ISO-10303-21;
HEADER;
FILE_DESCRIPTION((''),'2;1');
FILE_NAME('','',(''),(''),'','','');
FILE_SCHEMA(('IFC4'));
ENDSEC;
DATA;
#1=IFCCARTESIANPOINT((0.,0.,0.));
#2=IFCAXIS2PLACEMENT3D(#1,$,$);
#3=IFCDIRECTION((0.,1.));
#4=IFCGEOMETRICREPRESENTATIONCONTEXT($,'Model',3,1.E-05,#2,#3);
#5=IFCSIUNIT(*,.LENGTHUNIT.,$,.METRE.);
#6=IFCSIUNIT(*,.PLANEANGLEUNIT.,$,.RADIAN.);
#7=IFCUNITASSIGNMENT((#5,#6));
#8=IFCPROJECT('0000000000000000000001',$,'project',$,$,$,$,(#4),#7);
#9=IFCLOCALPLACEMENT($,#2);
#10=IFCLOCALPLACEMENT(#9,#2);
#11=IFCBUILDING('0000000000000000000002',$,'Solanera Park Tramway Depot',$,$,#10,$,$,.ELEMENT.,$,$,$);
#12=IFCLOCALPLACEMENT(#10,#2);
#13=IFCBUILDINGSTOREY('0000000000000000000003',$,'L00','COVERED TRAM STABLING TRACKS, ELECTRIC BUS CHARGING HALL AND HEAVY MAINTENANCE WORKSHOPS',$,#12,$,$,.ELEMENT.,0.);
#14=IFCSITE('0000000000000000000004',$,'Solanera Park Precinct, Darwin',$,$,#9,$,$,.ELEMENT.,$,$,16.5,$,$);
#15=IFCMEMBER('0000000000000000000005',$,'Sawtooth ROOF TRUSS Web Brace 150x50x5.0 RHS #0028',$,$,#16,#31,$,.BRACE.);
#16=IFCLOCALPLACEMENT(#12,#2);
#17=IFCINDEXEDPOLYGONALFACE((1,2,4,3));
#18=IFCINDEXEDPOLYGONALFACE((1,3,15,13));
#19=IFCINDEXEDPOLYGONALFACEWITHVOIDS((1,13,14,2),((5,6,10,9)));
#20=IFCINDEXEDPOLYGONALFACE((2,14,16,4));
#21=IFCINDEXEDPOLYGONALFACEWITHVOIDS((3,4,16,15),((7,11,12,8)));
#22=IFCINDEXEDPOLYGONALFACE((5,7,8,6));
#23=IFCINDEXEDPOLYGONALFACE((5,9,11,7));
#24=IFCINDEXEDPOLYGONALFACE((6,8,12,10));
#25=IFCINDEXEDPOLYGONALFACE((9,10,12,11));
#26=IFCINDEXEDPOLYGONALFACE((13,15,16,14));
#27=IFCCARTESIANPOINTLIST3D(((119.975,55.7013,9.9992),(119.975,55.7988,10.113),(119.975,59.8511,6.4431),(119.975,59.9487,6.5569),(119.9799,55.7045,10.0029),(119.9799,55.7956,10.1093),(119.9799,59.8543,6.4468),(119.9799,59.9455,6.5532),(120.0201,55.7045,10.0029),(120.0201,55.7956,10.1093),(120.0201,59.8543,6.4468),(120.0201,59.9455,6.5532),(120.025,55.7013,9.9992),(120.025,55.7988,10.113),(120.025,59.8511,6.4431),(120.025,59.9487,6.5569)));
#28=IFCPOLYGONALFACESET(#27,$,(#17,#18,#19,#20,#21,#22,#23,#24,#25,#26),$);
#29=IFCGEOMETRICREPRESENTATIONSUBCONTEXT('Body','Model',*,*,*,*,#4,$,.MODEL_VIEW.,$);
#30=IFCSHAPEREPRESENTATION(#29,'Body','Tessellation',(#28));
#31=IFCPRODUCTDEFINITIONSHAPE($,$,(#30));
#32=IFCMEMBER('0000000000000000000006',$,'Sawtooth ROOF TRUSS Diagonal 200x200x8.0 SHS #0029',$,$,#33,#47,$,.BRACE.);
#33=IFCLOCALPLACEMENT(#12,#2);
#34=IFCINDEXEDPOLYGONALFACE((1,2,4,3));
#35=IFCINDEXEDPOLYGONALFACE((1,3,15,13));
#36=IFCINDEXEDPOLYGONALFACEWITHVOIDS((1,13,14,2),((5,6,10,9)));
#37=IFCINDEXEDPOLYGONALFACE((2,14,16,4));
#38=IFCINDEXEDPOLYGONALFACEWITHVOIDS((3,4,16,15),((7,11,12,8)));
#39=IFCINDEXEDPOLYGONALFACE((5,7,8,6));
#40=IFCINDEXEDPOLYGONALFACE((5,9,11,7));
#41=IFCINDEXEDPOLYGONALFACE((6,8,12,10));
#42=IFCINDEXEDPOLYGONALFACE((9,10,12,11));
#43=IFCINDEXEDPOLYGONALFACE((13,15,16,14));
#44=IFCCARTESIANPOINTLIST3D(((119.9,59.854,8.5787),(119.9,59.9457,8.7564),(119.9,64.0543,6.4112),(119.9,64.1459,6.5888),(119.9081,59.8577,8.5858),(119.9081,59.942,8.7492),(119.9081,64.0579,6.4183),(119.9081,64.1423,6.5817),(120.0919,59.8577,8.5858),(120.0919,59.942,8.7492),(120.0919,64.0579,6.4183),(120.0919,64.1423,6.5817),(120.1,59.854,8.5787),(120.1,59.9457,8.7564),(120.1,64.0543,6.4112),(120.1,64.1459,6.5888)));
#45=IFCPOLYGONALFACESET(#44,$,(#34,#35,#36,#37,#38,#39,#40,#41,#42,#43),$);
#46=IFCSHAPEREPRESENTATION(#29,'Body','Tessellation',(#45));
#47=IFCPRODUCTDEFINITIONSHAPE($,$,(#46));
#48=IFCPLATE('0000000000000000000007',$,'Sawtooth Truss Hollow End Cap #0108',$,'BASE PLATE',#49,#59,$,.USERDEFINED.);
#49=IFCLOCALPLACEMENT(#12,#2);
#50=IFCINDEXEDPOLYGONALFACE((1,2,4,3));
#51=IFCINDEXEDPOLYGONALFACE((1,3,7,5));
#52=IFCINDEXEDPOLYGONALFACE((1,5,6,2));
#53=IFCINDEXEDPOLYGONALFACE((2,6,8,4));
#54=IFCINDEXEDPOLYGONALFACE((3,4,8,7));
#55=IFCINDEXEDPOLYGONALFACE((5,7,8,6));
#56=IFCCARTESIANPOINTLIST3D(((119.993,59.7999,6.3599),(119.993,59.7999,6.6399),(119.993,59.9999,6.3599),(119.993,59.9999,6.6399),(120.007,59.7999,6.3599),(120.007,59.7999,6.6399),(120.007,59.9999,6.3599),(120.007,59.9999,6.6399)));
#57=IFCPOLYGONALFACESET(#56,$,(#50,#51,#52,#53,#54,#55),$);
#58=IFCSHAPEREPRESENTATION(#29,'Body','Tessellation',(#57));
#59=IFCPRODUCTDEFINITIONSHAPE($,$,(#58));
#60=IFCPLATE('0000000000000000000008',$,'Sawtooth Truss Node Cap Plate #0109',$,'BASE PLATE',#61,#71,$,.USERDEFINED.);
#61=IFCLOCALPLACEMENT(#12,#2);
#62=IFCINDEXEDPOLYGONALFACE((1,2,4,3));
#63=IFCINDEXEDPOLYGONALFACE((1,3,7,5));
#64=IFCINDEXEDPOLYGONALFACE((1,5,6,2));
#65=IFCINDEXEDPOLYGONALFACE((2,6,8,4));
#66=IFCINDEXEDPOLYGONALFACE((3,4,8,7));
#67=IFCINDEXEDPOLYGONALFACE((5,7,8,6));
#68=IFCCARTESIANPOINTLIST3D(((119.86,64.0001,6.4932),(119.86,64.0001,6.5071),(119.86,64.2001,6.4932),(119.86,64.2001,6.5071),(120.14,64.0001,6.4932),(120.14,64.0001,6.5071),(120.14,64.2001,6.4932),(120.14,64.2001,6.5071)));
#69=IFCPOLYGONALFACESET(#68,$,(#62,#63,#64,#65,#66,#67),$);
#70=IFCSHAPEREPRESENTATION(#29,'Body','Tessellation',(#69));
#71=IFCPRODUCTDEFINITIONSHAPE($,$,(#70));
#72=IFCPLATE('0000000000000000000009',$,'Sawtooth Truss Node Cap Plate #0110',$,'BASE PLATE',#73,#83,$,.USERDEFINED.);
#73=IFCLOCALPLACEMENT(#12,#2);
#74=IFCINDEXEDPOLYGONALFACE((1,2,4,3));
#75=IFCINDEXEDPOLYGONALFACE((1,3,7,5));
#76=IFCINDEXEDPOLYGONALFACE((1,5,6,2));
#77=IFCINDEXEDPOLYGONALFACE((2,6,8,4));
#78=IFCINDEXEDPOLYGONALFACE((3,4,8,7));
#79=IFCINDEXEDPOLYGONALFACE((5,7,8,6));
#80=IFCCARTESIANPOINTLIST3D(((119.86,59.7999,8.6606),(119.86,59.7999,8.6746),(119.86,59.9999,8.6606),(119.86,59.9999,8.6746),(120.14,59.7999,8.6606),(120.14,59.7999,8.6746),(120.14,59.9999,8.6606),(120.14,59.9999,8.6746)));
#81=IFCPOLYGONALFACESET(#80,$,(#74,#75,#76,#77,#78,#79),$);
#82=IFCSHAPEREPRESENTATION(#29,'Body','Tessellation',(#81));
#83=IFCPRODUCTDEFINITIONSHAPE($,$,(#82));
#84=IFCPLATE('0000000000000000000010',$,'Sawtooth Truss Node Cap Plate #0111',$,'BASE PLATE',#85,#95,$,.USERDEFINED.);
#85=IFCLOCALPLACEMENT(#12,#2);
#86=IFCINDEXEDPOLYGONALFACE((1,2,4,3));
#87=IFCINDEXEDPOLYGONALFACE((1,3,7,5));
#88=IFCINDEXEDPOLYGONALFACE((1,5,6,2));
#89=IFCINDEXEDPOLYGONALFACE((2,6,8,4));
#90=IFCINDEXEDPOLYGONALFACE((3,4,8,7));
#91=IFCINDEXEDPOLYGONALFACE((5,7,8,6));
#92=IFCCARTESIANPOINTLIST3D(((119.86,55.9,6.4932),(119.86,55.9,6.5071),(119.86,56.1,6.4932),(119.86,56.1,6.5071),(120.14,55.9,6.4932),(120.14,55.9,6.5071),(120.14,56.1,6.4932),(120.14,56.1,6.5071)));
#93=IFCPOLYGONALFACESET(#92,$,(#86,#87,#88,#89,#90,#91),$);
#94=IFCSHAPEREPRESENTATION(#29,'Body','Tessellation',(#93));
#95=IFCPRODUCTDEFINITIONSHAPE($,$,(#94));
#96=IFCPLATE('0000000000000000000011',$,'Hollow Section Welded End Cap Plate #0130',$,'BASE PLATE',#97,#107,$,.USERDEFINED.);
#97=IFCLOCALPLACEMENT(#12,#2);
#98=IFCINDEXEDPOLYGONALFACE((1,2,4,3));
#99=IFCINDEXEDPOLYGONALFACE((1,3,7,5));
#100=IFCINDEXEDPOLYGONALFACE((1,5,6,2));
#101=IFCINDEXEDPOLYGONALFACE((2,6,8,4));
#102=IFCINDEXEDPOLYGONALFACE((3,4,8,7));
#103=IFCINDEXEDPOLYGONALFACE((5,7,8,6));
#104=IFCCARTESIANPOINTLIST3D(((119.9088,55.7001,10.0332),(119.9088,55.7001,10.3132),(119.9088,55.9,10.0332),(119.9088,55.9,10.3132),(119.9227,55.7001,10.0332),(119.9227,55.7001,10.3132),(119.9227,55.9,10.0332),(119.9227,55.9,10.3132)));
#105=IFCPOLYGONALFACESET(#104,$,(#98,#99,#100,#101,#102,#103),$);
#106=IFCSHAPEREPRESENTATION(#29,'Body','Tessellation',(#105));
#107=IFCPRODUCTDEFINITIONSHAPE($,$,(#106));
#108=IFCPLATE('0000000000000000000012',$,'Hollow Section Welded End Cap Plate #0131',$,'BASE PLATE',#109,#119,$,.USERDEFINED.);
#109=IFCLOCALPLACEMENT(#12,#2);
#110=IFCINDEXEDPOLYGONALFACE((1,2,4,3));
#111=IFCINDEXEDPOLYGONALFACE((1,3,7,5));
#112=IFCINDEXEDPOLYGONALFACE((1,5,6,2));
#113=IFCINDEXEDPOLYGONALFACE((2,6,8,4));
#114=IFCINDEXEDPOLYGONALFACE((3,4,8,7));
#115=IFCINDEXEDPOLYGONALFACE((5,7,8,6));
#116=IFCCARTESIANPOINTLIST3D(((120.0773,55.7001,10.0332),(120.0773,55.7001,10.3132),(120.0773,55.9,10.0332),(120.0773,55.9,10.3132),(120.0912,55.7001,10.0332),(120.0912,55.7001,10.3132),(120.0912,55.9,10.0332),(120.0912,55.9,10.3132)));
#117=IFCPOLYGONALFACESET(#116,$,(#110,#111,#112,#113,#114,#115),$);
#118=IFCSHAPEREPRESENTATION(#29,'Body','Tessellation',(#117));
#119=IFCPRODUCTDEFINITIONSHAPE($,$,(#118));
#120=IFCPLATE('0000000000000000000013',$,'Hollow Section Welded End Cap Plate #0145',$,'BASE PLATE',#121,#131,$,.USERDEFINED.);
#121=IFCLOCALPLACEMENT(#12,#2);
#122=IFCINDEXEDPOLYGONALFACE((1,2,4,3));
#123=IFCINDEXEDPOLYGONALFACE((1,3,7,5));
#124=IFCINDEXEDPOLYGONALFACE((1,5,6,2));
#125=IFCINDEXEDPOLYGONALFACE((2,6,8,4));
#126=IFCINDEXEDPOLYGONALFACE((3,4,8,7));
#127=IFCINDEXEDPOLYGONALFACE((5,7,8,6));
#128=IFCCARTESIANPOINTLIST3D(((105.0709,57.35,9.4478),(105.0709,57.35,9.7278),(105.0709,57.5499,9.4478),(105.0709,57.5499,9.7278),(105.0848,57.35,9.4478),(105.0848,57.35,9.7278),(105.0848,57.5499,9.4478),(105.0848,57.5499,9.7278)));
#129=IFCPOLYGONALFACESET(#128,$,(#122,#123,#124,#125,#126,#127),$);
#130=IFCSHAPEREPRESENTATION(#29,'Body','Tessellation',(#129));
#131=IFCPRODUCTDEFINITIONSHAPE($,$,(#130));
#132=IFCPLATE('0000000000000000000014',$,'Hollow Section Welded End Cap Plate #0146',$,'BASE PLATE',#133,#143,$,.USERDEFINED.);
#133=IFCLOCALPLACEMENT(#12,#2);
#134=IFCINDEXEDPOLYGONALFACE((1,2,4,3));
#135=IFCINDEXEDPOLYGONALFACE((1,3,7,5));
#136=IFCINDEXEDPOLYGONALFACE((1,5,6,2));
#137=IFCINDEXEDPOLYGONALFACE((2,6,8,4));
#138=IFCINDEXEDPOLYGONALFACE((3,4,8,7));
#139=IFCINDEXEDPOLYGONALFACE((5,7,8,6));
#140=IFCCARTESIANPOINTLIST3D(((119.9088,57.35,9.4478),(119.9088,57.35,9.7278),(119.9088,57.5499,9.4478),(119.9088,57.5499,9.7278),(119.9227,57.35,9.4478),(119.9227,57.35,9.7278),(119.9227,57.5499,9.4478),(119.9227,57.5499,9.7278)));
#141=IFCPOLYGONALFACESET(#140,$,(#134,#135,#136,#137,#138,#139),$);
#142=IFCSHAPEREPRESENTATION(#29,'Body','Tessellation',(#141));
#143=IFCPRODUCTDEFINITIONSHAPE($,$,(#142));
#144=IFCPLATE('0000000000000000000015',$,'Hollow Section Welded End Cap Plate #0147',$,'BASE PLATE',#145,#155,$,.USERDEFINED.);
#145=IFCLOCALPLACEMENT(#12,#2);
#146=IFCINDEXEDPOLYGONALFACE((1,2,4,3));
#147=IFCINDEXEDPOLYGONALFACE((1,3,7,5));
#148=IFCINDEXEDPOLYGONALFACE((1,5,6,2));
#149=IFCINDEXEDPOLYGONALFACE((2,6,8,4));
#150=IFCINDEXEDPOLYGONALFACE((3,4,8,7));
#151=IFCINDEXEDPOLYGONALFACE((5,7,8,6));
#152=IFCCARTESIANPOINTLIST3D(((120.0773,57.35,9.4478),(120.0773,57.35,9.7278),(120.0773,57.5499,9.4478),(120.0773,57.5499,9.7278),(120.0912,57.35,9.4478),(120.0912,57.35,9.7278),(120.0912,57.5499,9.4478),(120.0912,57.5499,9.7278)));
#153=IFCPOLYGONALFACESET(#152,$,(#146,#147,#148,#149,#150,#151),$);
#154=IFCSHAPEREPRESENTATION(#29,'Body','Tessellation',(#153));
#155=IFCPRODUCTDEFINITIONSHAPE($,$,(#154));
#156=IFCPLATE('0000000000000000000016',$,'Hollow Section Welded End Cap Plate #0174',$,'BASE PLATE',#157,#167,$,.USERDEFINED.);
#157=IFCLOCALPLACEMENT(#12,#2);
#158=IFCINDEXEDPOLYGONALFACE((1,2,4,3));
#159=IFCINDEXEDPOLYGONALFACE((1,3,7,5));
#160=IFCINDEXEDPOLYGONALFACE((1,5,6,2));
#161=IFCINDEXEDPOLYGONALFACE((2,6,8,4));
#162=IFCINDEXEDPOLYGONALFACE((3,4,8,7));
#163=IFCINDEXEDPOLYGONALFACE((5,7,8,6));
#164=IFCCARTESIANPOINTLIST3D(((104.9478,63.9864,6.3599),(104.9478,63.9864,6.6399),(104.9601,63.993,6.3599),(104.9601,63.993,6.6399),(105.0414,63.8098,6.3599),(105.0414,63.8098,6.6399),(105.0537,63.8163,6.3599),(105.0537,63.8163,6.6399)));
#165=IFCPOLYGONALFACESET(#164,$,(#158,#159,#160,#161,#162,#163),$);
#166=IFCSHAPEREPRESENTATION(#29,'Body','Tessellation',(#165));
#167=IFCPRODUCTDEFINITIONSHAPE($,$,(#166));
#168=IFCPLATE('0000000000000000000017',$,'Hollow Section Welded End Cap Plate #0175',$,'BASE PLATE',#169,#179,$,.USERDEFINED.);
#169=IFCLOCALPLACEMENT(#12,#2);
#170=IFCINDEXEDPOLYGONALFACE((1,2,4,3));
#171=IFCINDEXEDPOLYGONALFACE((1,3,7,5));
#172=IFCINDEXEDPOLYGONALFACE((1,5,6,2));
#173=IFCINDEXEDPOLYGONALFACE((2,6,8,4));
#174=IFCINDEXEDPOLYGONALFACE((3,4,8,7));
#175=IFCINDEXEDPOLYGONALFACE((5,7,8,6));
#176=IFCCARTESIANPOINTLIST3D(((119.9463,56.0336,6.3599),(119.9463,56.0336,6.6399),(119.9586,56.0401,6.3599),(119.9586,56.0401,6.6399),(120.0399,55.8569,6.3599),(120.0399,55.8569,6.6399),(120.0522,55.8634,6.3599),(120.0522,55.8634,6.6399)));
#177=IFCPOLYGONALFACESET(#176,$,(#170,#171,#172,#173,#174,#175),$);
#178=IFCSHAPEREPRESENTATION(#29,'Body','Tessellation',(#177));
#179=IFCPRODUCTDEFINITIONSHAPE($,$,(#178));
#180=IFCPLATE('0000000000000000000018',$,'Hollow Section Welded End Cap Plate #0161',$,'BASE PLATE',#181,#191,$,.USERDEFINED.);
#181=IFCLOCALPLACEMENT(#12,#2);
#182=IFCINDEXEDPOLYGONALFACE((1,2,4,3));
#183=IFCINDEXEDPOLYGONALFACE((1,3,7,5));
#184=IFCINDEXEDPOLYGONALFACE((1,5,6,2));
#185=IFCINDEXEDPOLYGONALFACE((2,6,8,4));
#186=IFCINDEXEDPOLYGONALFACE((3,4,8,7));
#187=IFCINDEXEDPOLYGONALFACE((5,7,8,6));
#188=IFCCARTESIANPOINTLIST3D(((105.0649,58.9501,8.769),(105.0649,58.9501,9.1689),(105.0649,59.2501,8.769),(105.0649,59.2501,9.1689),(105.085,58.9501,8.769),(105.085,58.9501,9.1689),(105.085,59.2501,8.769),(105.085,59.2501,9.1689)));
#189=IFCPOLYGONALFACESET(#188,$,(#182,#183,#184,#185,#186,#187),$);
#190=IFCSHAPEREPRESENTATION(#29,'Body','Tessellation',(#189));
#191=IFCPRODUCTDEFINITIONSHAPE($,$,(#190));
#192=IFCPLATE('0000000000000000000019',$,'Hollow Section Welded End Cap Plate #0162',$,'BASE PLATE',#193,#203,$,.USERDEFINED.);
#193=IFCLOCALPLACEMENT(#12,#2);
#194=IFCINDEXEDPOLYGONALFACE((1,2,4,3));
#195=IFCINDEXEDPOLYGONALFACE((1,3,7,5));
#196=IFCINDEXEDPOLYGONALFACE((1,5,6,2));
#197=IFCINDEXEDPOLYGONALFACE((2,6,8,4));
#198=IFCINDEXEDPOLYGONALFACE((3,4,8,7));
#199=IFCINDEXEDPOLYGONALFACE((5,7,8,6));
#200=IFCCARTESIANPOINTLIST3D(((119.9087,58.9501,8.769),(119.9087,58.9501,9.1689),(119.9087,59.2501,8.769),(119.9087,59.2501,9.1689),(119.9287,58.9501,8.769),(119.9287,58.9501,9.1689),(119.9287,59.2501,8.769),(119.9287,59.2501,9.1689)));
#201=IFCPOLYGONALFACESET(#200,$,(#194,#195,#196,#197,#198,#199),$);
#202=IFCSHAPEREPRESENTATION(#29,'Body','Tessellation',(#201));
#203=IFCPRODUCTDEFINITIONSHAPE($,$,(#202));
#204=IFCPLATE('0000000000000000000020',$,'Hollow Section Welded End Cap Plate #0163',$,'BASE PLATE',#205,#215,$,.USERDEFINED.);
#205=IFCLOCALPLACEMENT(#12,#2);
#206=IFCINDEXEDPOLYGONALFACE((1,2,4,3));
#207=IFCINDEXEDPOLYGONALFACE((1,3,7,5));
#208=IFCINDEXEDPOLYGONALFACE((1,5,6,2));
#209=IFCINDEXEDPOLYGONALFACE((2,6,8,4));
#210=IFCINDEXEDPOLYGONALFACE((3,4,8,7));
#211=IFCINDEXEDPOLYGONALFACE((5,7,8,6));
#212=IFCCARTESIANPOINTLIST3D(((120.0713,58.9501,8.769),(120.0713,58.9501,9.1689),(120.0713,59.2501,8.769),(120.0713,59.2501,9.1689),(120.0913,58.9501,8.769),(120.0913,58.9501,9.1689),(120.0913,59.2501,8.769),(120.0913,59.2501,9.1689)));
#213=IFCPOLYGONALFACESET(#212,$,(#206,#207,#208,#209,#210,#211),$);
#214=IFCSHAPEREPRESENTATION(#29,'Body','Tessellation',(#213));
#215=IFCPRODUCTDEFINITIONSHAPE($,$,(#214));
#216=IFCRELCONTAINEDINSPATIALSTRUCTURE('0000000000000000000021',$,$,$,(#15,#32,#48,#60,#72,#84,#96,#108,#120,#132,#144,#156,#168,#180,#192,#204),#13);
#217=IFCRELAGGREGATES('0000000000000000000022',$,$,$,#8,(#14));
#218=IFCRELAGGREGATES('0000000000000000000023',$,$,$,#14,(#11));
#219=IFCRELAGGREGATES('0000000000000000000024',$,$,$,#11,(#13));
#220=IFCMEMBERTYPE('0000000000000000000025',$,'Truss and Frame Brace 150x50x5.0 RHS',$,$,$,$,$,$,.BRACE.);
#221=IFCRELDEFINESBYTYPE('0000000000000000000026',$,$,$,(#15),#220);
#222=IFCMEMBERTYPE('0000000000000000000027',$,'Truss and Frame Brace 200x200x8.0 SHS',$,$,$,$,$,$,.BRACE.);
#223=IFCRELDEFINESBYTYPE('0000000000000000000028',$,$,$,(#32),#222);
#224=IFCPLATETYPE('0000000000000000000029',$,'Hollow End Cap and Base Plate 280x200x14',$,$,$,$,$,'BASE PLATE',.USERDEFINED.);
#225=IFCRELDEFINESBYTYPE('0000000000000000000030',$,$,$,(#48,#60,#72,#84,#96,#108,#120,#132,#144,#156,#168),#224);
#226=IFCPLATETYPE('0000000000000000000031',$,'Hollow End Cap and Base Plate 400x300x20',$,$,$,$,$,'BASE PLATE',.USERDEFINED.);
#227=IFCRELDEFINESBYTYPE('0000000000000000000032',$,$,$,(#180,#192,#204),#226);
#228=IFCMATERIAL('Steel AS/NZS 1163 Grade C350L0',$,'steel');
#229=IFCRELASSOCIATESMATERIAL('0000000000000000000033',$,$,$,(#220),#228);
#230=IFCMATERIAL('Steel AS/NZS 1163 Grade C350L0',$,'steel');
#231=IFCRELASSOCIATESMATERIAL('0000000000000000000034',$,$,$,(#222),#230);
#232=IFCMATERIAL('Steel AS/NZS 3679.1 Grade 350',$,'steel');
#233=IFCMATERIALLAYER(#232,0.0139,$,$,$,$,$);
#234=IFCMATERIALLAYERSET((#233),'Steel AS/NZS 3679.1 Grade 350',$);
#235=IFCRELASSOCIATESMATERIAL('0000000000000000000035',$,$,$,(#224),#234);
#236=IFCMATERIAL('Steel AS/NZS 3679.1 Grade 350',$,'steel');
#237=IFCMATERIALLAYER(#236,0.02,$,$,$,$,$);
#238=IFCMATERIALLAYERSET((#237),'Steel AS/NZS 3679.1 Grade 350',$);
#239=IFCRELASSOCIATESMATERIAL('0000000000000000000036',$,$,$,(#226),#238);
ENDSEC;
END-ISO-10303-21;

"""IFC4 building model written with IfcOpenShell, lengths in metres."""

from ifc_helpers import new_model, si_unit, direction, frame, origin, origin_2d, place, context, subcontext, project, spatial, rectangle, hollow_rectangle, extrude, material, layer, layer_set, material_profile, profile_set, type_object, element, save


model = new_model("IFC4")

# Units and contexts
model_context = context("Model", 3, precision=1e-05, world=origin(), true_north=direction((0.0, 1.0)))
body_context = subcontext(model_context, "Body", "Model", "MODEL_VIEW")
ifc_project = project(units=[si_unit("LENGTHUNIT", "METRE"), si_unit("PLANEANGLEUNIT", "RADIAN")], contexts=[model_context])

# Site, building, storey
site_placement = place(None, origin())
site = spatial("IfcSite", under=ifc_project, at=site_placement, Name="Solanera Park Precinct, Darwin", CompositionType="ELEMENT", RefElevation=16.5)
building_placement = place(site_placement, origin())
building = spatial("IfcBuilding", under=site, at=building_placement, Name="Solanera Park Tramway Depot", CompositionType="ELEMENT")
storey_placement = place(building_placement, origin())
storey = spatial("IfcBuildingStorey", under=building, at=storey_placement, Name="L00", Description="COVERED TRAM STABLING TRACKS, ELECTRIC BUS CHARGING HALL AND HEAVY MAINTENANCE WORKSHOPS", CompositionType="ELEMENT", Elevation=0.0)

# Members
ifc_material_1 = material(Name="Steel AS/NZS 1163 Grade C350L0", Category="steel")
ifc_material_profile_1 = material_profile(ifc_material_1, hollow_rectangle(XDim=0.05, YDim=0.1499, WallThickness=0.0049, at=origin_2d()), Name="150x50x5.0 RHS")
ifc_profile_set_1 = profile_set([ifc_material_profile_1], Name="Steel AS/NZS 1163 Grade C350L0")
member_type_1 = type_object("IfcMemberType", Name="Truss and Frame Brace 150x50x5.0 RHS", PredefinedType="BRACE", material=ifc_profile_set_1)
member_1_placement = place(storey_placement, frame((120.0, 59.8999, 6.5), z_axis=(0.0, -0.759339, 0.650696), x_axis=(1.0, 0.0, 0.0)))
element("IfcMember", 1, at=member_1_placement, inside=storey, type_object=member_type_1, Name="Sawtooth ROOF TRUSS Web Brace 150x50x5.0 RHS #0028", PredefinedType="BRACE", context=body_context, shape_type="SweptSolid", body=[
    extrude(hollow_rectangle(XDim=0.05, YDim=0.1499, WallThickness=0.0049, at=origin_2d()), origin(), (0.0, 0.0, 1.0), 5.4651),
])
ifc_material_2 = material(Name="Steel AS/NZS 1163 Grade C350L0", Category="steel")
ifc_material_profile_2 = material_profile(ifc_material_2, hollow_rectangle(XDim=0.2, YDim=0.2, WallThickness=0.0081, at=origin_2d()), Name="200x200x8.0 SHS")
ifc_profile_set_2 = profile_set([ifc_material_profile_2], Name="Steel AS/NZS 1163 Grade C350L0")
member_type_2 = type_object("IfcMemberType", Name="Truss and Frame Brace 200x200x8.0 SHS", PredefinedType="BRACE", material=ifc_profile_set_2)
member_2_placement = place(storey_placement, frame((120.0, 64.1001, 6.5), z_axis=(0.0, -0.888652, 0.458582), x_axis=(1.0, 0.0, 0.0)))
element("IfcMember", 2, at=member_2_placement, inside=storey, type_object=member_type_2, Name="Sawtooth ROOF TRUSS Diagonal 200x200x8.0 SHS #0029", PredefinedType="BRACE", context=body_context, shape_type="SweptSolid", body=[
    extrude(hollow_rectangle(XDim=0.2, YDim=0.2, WallThickness=0.0081, at=origin_2d()), origin(), (0.0, 0.0, 1.0), 4.7266),
])

# Plates
ifc_material_3 = material(Name="Steel AS/NZS 3679.1 Grade 350", Category="steel")
ifc_layer_1 = layer(ifc_material_3, 0.0139)
ifc_layer_set_1 = layer_set([ifc_layer_1], Name="Steel AS/NZS 3679.1 Grade 350")
plate_type_1 = type_object("IfcPlateType", Name="Hollow End Cap and Base Plate 280x200x14", ElementType="BASE PLATE", PredefinedType="USERDEFINED", material=ifc_layer_set_1)
plate_placement = place(storey_placement, frame((120.0, 59.8999, 6.3599), z_axis=(0.0, 0.0, 1.0), x_axis=(1.0, 0.0, 0.0)))
element("IfcPlate", 3, at=plate_placement, inside=storey, type_object=plate_type_1, Name="Sawtooth Truss Hollow End Cap #0108", ObjectType="BASE PLATE", PredefinedType="USERDEFINED", context=body_context, shape_type="SweptSolid", body=[
    extrude(rectangle(XDim=0.0139, YDim=0.2, at=origin_2d()), origin(), (0.0, 0.0, 1.0), 0.28),
])
for number, where, z_axis, x_axis, name in (
    (4, (120.0, 64.1001, 6.4932), (0.0, 0.0, 1.0), (1.0, 0.0, 0.0), "Sawtooth Truss Node Cap Plate #0109"),
    (5, (120.0, 59.8999, 8.6606), (0.0, 0.0, 1.0), (1.0, 0.0, 0.0), "Sawtooth Truss Node Cap Plate #0110"),
    (6, (120.0, 56.0, 6.4932), (0.0, 0.0, 1.0), (1.0, 0.0, 0.0), "Sawtooth Truss Node Cap Plate #0111"),
):
    element("IfcPlate", number, at=place(storey_placement, frame(where, z_axis=z_axis, x_axis=x_axis)), inside=storey, type_object=plate_type_1, Name=name, ObjectType="BASE PLATE", PredefinedType="USERDEFINED", context=body_context, shape_type="SweptSolid", body=[
        extrude(rectangle(XDim=0.28, YDim=0.2, at=origin_2d()), origin(), (0.0, 0.0, 1.0), 0.0139),
    ])
for number, where, z_axis, x_axis, name in (
    (7, (119.9158, 55.8, 10.0332), (0.0, 0.0, 1.0), (1.0, 0.0, 0.0), "Hollow Section Welded End Cap Plate #0130"),
    (8, (120.0842, 55.8, 10.0332), (0.0, 0.0, 1.0), (1.0, 0.0, 0.0), "Hollow Section Welded End Cap Plate #0131"),
    (9, (105.0779, 57.45, 9.4478), (0.0, 0.0, 1.0), (1.0, 0.0, 0.0), "Hollow Section Welded End Cap Plate #0145"),
    (10, (119.9158, 57.45, 9.4478), (0.0, 0.0, 1.0), (1.0, 0.0, 0.0), "Hollow Section Welded End Cap Plate #0146"),
    (11, (120.0842, 57.45, 9.4478), (0.0, 0.0, 1.0), (1.0, 0.0, 0.0), "Hollow Section Welded End Cap Plate #0147"),
    (12, (105.0007, 63.9014, 6.3599), (0.0, 0.0, 1.0), (0.883521, 0.468392, 0.0), "Hollow Section Welded End Cap Plate #0174"),
    (13, (119.9993, 55.9485, 6.3599), (0.0, 0.0, 1.0), (0.883521, 0.468392, 0.0), "Hollow Section Welded End Cap Plate #0175"),
):
    element("IfcPlate", number, at=place(storey_placement, frame(where, z_axis=z_axis, x_axis=x_axis)), inside=storey, type_object=plate_type_1, Name=name, ObjectType="BASE PLATE", PredefinedType="USERDEFINED", context=body_context, shape_type="SweptSolid", body=[
        extrude(rectangle(XDim=0.0139, YDim=0.2, at=origin_2d()), origin(), (0.0, 0.0, 1.0), 0.28),
    ])
ifc_material_4 = material(Name="Steel AS/NZS 3679.1 Grade 350", Category="steel")
ifc_layer_2 = layer(ifc_material_4, 0.02)
ifc_layer_set_2 = layer_set([ifc_layer_2], Name="Steel AS/NZS 3679.1 Grade 350")
plate_type_2 = type_object("IfcPlateType", Name="Hollow End Cap and Base Plate 400x300x20", ElementType="BASE PLATE", PredefinedType="USERDEFINED", material=ifc_layer_set_2)
for number, where, z_axis, x_axis, name in (
    (14, (105.075, 59.1001, 8.769), (0.0, 0.0, 1.0), (1.0, 0.0, 0.0), "Hollow Section Welded End Cap Plate #0161"),
    (15, (119.9187, 59.1001, 8.769), (0.0, 0.0, 1.0), (1.0, 0.0, 0.0), "Hollow Section Welded End Cap Plate #0162"),
    (16, (120.0813, 59.1001, 8.769), (0.0, 0.0, 1.0), (1.0, 0.0, 0.0), "Hollow Section Welded End Cap Plate #0163"),
):
    element("IfcPlate", number, at=place(storey_placement, frame(where, z_axis=z_axis, x_axis=x_axis)), inside=storey, type_object=plate_type_2, Name=name, ObjectType="BASE PLATE", PredefinedType="USERDEFINED", context=body_context, shape_type="SweptSolid", body=[
        extrude(rectangle(XDim=0.02, YDim=0.3, at=origin_2d()), origin(), (0.0, 0.0, 1.0), 0.3999),
    ])

save(model, "model.ifc")
